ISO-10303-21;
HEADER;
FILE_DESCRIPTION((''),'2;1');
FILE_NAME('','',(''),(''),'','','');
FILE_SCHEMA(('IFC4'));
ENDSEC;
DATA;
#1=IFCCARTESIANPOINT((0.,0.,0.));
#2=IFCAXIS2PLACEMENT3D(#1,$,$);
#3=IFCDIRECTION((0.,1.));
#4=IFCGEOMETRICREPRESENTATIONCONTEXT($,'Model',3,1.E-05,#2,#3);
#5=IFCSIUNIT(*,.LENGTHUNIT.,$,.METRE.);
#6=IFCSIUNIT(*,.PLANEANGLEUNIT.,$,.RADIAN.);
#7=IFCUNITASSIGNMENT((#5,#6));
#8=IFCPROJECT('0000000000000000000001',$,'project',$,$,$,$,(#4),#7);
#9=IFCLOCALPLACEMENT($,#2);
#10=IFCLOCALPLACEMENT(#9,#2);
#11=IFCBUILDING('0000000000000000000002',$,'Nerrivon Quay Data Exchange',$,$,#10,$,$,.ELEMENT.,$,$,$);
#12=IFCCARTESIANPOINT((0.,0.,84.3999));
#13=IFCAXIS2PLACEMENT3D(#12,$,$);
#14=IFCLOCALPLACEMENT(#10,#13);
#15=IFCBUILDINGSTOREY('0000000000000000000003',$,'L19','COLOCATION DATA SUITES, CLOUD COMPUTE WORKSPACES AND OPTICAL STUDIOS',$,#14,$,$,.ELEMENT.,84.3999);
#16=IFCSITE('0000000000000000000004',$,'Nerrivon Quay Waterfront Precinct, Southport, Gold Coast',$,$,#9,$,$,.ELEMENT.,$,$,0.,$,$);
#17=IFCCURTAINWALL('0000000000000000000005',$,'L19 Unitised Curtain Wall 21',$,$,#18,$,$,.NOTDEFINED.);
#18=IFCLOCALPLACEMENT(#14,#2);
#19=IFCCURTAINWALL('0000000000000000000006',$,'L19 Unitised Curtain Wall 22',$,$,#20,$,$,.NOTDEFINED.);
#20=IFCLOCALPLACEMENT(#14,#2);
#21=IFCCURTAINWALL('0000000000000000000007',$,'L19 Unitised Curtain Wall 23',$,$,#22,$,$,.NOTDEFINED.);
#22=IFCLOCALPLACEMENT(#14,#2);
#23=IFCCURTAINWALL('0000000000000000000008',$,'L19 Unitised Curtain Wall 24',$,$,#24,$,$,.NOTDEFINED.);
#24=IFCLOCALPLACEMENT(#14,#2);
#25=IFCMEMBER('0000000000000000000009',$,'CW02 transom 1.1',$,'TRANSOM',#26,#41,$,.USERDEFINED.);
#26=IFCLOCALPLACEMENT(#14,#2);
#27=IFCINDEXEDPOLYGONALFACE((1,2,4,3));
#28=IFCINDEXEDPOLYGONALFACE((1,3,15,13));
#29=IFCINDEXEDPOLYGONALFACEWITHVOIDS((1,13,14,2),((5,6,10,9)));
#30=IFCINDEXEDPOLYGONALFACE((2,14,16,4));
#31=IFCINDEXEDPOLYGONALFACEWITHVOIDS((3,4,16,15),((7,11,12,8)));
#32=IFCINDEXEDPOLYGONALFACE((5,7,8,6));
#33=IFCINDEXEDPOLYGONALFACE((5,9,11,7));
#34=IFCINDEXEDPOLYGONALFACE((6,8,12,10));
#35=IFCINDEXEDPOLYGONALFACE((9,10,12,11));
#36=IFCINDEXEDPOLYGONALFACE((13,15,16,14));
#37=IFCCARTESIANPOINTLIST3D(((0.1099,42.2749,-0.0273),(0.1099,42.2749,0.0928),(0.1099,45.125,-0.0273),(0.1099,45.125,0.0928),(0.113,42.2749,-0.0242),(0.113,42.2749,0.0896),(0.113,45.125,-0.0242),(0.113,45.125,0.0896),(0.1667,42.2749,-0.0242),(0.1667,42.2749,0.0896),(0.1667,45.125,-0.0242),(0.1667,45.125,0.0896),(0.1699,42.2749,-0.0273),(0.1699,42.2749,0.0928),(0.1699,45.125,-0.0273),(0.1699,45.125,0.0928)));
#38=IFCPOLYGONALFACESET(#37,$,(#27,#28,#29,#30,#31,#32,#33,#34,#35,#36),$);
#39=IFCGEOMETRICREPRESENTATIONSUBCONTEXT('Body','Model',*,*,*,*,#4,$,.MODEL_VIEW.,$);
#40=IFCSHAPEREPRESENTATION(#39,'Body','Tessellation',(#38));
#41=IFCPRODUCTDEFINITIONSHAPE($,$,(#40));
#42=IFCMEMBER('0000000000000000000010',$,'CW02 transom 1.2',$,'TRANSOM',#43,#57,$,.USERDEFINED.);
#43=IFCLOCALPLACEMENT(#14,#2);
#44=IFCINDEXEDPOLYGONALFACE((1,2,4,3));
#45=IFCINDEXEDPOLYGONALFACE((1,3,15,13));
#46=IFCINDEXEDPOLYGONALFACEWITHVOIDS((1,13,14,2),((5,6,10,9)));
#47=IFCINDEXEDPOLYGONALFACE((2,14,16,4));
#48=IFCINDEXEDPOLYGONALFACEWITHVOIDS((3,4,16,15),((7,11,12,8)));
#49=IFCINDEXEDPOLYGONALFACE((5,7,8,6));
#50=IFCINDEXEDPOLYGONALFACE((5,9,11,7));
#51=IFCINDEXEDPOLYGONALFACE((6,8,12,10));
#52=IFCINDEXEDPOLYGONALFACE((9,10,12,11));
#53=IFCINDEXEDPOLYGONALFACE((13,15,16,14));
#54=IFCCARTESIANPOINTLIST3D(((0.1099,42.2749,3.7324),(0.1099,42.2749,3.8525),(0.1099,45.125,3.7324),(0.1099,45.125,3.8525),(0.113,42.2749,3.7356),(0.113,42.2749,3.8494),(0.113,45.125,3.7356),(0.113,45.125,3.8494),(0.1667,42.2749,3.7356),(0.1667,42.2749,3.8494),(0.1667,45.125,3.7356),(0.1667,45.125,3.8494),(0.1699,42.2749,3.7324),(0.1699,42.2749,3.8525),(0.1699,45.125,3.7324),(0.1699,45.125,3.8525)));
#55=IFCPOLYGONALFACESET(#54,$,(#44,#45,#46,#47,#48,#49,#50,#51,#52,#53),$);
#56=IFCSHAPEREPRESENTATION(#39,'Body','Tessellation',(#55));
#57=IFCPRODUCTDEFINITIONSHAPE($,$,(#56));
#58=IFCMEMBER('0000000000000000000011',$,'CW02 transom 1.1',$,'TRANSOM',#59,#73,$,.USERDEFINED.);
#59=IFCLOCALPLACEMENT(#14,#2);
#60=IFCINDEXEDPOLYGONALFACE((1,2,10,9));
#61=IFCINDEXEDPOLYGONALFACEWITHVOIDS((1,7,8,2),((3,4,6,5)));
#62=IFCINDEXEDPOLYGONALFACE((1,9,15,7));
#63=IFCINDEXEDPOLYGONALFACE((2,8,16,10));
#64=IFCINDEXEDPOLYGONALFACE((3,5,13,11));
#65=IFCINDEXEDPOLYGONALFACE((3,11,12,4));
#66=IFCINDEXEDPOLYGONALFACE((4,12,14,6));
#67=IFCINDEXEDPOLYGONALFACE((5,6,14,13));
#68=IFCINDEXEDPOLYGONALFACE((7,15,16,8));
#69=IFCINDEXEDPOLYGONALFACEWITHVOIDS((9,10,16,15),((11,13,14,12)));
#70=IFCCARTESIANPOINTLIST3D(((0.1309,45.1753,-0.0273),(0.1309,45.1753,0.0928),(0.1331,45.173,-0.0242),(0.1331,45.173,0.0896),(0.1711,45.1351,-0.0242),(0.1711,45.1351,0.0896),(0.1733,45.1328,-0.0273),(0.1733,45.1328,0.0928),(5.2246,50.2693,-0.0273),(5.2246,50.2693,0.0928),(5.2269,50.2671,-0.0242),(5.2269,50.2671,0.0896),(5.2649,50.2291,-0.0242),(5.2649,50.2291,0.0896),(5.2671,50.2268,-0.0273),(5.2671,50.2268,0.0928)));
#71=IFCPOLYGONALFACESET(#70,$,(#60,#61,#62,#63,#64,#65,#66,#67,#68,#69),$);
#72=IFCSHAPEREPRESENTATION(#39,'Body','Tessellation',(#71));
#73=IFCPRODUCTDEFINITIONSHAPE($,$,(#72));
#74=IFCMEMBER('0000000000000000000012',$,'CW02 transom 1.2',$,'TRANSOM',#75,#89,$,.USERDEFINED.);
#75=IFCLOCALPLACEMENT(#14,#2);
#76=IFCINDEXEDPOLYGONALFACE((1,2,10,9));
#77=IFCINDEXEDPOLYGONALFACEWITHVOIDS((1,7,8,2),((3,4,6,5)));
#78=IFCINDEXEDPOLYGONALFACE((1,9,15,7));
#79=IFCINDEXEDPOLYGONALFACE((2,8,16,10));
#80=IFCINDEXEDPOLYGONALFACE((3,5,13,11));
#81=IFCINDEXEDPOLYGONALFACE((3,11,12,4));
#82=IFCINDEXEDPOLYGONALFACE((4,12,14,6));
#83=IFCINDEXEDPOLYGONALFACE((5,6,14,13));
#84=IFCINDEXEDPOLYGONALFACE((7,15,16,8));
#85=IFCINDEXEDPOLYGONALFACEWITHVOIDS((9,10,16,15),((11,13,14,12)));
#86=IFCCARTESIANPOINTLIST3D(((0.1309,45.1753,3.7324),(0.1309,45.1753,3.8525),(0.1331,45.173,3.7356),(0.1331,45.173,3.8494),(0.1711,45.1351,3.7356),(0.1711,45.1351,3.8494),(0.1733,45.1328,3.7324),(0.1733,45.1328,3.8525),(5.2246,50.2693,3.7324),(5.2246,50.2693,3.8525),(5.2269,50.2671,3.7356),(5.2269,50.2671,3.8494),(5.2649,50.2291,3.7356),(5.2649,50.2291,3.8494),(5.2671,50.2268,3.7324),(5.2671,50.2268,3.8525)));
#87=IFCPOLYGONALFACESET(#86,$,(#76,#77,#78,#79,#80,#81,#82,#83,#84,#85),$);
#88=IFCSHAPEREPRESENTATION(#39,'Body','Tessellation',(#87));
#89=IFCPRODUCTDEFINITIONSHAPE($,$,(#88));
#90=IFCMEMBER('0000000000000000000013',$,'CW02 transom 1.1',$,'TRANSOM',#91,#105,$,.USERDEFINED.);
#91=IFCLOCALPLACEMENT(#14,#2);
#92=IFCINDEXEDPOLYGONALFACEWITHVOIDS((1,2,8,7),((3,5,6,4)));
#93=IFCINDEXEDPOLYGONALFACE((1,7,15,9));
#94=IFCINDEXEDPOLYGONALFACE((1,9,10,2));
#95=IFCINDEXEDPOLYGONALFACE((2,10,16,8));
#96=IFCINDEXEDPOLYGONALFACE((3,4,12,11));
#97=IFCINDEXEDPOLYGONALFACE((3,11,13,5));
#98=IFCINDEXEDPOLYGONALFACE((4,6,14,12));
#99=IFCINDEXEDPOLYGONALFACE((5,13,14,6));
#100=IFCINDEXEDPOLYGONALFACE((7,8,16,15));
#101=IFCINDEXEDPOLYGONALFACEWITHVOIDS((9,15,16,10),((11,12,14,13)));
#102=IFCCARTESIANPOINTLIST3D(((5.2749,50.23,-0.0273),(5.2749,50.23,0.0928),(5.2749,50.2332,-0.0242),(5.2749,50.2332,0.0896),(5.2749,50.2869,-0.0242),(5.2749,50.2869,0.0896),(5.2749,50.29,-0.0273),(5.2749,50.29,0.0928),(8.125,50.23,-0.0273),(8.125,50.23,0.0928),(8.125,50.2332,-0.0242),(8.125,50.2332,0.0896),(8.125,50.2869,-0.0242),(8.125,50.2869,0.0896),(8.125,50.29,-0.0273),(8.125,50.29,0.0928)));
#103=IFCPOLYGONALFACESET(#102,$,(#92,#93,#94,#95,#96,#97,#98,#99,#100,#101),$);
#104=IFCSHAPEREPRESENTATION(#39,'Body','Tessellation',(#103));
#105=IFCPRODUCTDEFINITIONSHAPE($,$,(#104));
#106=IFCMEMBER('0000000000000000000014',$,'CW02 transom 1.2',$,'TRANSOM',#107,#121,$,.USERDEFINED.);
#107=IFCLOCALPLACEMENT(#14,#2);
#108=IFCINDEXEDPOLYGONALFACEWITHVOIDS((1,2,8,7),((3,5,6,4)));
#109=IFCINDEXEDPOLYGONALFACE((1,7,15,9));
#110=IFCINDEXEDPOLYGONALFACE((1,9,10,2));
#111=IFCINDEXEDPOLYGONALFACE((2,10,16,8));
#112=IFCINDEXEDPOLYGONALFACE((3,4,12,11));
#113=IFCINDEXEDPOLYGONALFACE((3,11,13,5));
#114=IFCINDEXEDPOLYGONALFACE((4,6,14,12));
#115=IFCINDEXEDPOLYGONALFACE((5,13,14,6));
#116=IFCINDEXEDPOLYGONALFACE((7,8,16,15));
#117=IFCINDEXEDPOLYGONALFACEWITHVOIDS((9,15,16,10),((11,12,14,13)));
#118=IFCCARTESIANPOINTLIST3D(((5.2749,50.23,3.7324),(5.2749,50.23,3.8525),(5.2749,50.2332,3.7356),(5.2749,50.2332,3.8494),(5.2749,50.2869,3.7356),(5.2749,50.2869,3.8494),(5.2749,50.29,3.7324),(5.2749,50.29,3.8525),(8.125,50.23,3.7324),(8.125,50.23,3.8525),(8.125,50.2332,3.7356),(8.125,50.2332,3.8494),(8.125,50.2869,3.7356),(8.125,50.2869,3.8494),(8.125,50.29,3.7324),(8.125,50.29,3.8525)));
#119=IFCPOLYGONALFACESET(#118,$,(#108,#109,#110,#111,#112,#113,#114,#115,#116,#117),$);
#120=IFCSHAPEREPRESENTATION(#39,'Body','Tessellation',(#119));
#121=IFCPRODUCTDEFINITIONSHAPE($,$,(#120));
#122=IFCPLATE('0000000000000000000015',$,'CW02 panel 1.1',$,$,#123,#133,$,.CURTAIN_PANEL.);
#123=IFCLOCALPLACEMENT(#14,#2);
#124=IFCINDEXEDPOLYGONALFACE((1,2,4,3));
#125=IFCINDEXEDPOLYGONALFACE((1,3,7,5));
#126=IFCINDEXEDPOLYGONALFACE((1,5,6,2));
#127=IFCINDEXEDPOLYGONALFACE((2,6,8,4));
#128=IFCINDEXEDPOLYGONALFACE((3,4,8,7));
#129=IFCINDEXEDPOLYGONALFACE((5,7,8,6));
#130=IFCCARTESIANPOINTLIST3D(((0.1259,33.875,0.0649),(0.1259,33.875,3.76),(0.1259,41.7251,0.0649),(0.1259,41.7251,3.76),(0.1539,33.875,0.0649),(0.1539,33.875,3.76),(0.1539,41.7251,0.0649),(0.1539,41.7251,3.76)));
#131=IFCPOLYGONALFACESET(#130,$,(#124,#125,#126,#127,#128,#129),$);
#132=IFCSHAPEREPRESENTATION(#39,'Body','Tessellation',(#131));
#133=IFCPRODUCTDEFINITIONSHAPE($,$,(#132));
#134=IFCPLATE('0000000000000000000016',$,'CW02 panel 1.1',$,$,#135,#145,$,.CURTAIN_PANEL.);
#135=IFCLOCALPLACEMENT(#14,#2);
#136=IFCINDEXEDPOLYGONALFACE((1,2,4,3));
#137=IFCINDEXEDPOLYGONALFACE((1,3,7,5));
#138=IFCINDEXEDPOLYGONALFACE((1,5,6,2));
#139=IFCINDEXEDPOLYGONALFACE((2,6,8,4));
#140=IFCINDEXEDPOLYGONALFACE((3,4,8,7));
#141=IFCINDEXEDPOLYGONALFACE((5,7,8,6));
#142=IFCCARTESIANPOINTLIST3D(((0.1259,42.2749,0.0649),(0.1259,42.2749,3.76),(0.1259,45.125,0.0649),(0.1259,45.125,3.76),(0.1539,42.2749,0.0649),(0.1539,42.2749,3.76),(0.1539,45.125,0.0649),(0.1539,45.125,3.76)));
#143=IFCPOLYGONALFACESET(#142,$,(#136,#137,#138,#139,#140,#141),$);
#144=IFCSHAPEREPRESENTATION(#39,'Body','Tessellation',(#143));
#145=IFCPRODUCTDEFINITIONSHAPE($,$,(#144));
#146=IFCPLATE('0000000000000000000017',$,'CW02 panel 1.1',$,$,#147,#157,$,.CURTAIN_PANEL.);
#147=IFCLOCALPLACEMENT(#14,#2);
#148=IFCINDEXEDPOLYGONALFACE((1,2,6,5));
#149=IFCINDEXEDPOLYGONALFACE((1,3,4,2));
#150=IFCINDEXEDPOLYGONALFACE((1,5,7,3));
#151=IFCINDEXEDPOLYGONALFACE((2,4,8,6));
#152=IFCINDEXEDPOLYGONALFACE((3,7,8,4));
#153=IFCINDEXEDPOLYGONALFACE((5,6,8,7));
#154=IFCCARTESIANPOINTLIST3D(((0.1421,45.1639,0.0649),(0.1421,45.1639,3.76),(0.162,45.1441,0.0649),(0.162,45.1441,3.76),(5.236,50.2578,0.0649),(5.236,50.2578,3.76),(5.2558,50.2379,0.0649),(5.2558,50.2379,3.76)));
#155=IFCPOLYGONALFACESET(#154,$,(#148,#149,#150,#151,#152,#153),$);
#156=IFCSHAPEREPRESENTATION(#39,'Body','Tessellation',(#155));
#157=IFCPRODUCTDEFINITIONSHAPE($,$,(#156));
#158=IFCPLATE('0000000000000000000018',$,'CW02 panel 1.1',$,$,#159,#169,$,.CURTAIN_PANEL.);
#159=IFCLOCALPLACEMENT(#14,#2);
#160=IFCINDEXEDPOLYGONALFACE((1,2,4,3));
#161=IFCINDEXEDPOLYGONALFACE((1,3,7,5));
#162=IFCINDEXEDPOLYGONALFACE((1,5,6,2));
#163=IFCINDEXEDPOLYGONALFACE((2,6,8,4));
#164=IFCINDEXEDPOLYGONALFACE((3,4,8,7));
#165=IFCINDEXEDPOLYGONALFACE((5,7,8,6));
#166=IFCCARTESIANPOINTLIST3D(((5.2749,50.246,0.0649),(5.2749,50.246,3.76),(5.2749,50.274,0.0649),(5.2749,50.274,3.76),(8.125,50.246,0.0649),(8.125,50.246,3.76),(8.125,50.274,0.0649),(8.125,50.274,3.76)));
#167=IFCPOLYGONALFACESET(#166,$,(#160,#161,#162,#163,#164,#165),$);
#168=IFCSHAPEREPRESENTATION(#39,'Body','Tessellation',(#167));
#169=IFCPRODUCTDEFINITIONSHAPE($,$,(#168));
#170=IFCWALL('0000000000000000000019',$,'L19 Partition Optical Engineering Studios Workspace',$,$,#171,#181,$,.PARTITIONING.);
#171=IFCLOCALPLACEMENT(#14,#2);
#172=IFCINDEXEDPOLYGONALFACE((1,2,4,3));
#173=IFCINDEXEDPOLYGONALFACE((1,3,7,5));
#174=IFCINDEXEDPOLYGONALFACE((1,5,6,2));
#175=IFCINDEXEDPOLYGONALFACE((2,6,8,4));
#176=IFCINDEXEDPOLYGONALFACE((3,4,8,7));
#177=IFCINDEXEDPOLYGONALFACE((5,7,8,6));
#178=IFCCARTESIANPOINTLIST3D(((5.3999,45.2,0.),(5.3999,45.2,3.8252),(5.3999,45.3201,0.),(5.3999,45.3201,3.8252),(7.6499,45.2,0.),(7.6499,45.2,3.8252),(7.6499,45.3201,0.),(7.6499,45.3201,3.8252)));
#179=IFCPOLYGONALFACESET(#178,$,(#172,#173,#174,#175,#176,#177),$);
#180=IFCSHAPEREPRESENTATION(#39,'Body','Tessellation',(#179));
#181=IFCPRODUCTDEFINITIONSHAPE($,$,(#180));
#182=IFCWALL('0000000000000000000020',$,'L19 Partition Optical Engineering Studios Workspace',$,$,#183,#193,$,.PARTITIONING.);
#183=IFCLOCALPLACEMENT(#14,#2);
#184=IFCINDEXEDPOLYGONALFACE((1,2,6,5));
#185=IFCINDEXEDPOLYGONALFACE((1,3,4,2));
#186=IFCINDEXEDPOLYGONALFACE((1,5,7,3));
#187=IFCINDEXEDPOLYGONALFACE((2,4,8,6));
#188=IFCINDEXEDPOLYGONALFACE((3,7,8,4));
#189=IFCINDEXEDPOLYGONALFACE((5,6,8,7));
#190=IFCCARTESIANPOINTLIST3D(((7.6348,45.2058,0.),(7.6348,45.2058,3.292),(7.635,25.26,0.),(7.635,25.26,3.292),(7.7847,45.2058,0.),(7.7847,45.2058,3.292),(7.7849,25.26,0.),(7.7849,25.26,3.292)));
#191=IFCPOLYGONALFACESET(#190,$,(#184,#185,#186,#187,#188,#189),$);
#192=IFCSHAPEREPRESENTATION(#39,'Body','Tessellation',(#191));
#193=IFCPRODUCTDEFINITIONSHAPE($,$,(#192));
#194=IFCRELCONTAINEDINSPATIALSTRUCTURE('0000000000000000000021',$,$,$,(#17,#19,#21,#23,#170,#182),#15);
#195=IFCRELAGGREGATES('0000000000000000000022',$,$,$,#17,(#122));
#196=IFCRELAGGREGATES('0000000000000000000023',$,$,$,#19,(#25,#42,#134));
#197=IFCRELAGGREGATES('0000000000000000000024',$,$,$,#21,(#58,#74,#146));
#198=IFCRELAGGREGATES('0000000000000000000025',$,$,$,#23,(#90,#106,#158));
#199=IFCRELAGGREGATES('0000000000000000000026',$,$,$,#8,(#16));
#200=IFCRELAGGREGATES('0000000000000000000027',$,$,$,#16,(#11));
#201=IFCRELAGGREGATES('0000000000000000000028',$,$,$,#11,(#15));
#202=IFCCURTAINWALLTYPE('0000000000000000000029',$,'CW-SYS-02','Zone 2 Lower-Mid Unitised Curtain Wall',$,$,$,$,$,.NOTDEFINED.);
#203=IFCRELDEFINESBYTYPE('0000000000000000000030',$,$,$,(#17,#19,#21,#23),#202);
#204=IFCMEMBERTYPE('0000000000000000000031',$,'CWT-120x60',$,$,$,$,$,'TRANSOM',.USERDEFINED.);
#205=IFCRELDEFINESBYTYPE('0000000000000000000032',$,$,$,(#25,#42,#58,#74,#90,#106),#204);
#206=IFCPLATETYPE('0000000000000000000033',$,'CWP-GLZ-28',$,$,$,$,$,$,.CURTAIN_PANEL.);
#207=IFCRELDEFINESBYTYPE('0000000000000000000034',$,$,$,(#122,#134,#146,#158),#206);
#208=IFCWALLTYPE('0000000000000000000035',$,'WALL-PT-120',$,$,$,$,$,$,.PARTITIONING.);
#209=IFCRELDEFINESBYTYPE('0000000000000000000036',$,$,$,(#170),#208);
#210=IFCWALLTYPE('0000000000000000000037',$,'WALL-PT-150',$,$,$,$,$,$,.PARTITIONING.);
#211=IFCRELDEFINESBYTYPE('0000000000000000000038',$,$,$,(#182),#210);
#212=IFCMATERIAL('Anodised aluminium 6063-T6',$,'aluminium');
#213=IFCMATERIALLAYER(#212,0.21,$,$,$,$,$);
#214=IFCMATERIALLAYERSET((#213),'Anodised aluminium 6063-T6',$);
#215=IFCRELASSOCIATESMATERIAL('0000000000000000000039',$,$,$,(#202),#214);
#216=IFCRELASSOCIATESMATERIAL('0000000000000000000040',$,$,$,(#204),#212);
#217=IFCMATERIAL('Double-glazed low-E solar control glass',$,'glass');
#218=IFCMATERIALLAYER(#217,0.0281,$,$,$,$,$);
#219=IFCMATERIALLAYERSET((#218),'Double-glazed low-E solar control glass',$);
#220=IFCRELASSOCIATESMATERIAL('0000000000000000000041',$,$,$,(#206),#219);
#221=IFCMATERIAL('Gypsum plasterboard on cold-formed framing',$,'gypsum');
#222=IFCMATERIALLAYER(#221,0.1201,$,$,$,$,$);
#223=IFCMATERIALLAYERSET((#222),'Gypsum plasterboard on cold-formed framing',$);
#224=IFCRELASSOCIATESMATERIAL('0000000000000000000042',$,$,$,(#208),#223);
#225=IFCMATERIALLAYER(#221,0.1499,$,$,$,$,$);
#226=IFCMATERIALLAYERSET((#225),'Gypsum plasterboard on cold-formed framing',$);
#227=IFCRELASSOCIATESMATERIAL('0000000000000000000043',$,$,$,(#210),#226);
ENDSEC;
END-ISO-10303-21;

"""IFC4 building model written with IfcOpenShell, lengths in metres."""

from ifc_helpers import new_model, si_unit, direction, frame, frame_2d, origin, origin_2d, place, context, subcontext, project, spatial, rectangle, hollow_rectangle, extrude, material, layer, layer_set, material_profile, profile_set, type_object, element, aggregate, save


model = new_model("IFC4")

# Units and contexts
model_context = context("Model", 3, precision=1e-05, world=origin(), true_north=direction((0.0, 1.0)))
body_context = subcontext(model_context, "Body", "Model", "MODEL_VIEW")
ifc_project = project(units=[si_unit("LENGTHUNIT", "METRE"), si_unit("PLANEANGLEUNIT", "RADIAN")], contexts=[model_context])

# Site, building, storey
site_placement = place(None, origin())
site = spatial("IfcSite", under=ifc_project, at=site_placement, Name="Nerrivon Quay Waterfront Precinct, Southport, Gold Coast", CompositionType="ELEMENT", RefElevation=0.0)
building_placement = place(site_placement, origin())
building = spatial("IfcBuilding", under=site, at=building_placement, Name="Nerrivon Quay Data Exchange", CompositionType="ELEMENT")
storey_placement = place(building_placement, frame((0.0, 0.0, 84.3999)))
storey = spatial("IfcBuildingStorey", under=building, at=storey_placement, Name="L19", Description="COLOCATION DATA SUITES, CLOUD COMPUTE WORKSPACES AND OPTICAL STUDIOS", CompositionType="ELEMENT", Elevation=84.3999)

# Curtain wall
ifc_material_1 = material(Name="Anodised aluminium 6063-T6", Category="aluminium")
ifc_layer_1 = layer(ifc_material_1, 0.21)
ifc_layer_set_1 = layer_set([ifc_layer_1], Name="Anodised aluminium 6063-T6")
curtain_wall_type = type_object("IfcCurtainWallType", Name="CW-SYS-02", Description="Zone 2 Lower-Mid Unitised Curtain Wall", PredefinedType="NOTDEFINED", material=ifc_layer_set_1)
curtain_wall_1_placement = place(storey_placement, origin())
curtain_wall_1 = element("IfcCurtainWall", 1, at=curtain_wall_1_placement, inside=storey, type_object=curtain_wall_type, Name="L19 Unitised Curtain Wall 21", PredefinedType="NOTDEFINED")

# Curtain walls
curtain_wall_2_placement = place(storey_placement, origin())
curtain_wall_2 = element("IfcCurtainWall", 2, at=curtain_wall_2_placement, inside=storey, type_object=curtain_wall_type, Name="L19 Unitised Curtain Wall 22", PredefinedType="NOTDEFINED")
curtain_wall_3_placement = place(storey_placement, origin())
curtain_wall_3 = element("IfcCurtainWall", 3, at=curtain_wall_3_placement, inside=storey, type_object=curtain_wall_type, Name="L19 Unitised Curtain Wall 23", PredefinedType="NOTDEFINED")
curtain_wall_4_placement = place(storey_placement, origin())
curtain_wall_4 = element("IfcCurtainWall", 4, at=curtain_wall_4_placement, inside=storey, type_object=curtain_wall_type, Name="L19 Unitised Curtain Wall 24", PredefinedType="NOTDEFINED")

# Members
ifc_material_profile_1 = material_profile(ifc_material_1, hollow_rectangle(XDim=0.0601, YDim=0.1201, WallThickness=0.0032, at=origin_2d()), Name="ALU-TRAN-120x60")
ifc_profile_set_1 = profile_set([ifc_material_profile_1], Name="Anodised aluminium 6063-T6")
member_type_1 = type_object("IfcMemberType", Name="CWT-120x60", ElementType="TRANSOM", PredefinedType="USERDEFINED", material=ifc_profile_set_1)
member_1_placement = place(storey_placement, frame((0.1399, 42.2749, 0.0327), z_axis=(0.0, 1.0, 0.0), x_axis=(-1.0, 0.0, 0.0)))
member_1 = element("IfcMember", 5, at=member_1_placement, type_object=member_type_1, Name="CW02 transom 1.1", ObjectType="TRANSOM", PredefinedType="USERDEFINED", context=body_context, shape_type="SweptSolid", body=[
    extrude(hollow_rectangle(XDim=0.0601, YDim=0.1201, WallThickness=0.0032, at=origin_2d()), origin(), (0.0, 0.0, 1.0), 2.8501),
])
member_2_placement = place(storey_placement, frame((0.1399, 42.2749, 3.7925), z_axis=(0.0, 1.0, 0.0), x_axis=(-1.0, 0.0, 0.0)))
member_2 = element("IfcMember", 6, at=member_2_placement, type_object=member_type_1, Name="CW02 transom 1.2", ObjectType="TRANSOM", PredefinedType="USERDEFINED", context=body_context, shape_type="SweptSolid", body=[
    extrude(hollow_rectangle(XDim=0.0601, YDim=0.1201, WallThickness=0.0032, at=origin_2d()), origin(), (0.0, 0.0, 1.0), 2.8501),
])
member_3_placement = place(storey_placement, frame((0.1521, 45.1541, 0.0327), z_axis=(0.70709, 0.707124, 0.0), x_axis=(-0.707124, 0.70709, 0.0)))
member_3 = element("IfcMember", 7, at=member_3_placement, type_object=member_type_1, Name="CW02 transom 1.1", ObjectType="TRANSOM", PredefinedType="USERDEFINED", context=body_context, shape_type="SweptSolid", body=[
    extrude(hollow_rectangle(XDim=0.0601, YDim=0.1201, WallThickness=0.0032, at=origin_2d()), origin(), (0.0, 0.0, 1.0), 7.2039),
])
member_4_placement = place(storey_placement, frame((0.1521, 45.1541, 3.7925), z_axis=(0.70709, 0.707124, 0.0), x_axis=(-0.707124, 0.70709, 0.0)))
member_4 = element("IfcMember", 8, at=member_4_placement, type_object=member_type_1, Name="CW02 transom 1.2", ObjectType="TRANSOM", PredefinedType="USERDEFINED", context=body_context, shape_type="SweptSolid", body=[
    extrude(hollow_rectangle(XDim=0.0601, YDim=0.1201, WallThickness=0.0032, at=origin_2d()), origin(), (0.0, 0.0, 1.0), 7.2039),
])
member_5_placement = place(storey_placement, frame((5.2749, 50.26, 0.0327), z_axis=(1.0, 0.0, 0.0), x_axis=(0.0, 1.0, 0.0)))
member_5 = element("IfcMember", 9, at=member_5_placement, type_object=member_type_1, Name="CW02 transom 1.1", ObjectType="TRANSOM", PredefinedType="USERDEFINED", context=body_context, shape_type="SweptSolid", body=[
    extrude(hollow_rectangle(XDim=0.0601, YDim=0.1201, WallThickness=0.0032, at=origin_2d()), origin(), (0.0, 0.0, 1.0), 2.8501),
])
member_6_placement = place(storey_placement, frame((5.2749, 50.26, 3.7925), z_axis=(1.0, 0.0, 0.0), x_axis=(0.0, 1.0, 0.0)))
member_6 = element("IfcMember", 10, at=member_6_placement, type_object=member_type_1, Name="CW02 transom 1.2", ObjectType="TRANSOM", PredefinedType="USERDEFINED", context=body_context, shape_type="SweptSolid", body=[
    extrude(hollow_rectangle(XDim=0.0601, YDim=0.1201, WallThickness=0.0032, at=origin_2d()), origin(), (0.0, 0.0, 1.0), 2.8501),
])

# Plates
ifc_material_2 = material(Name="Double-glazed low-E solar control glass", Category="glass")
ifc_layer_2 = layer(ifc_material_2, 0.0281)
ifc_layer_set_2 = layer_set([ifc_layer_2], Name="Double-glazed low-E solar control glass")
plate_type = type_object("IfcPlateType", Name="CWP-GLZ-28", PredefinedType="CURTAIN_PANEL", material=ifc_layer_set_2)
plate_1_placement = place(storey_placement, frame((0.1399, 37.8, 0.0649), z_axis=(0.0, 0.0, 1.0), x_axis=(0.0, 1.0, 0.0)))
plate_1 = element("IfcPlate", 11, at=plate_1_placement, type_object=plate_type, Name="CW02 panel 1.1", PredefinedType="CURTAIN_PANEL", context=body_context, shape_type="SweptSolid", body=[
    extrude(rectangle(XDim=7.8501, YDim=0.0281, at=origin_2d()), origin(), (0.0, 0.0, 1.0), 3.6951),
])
aggregate(curtain_wall_1, [plate_1])
plate_2_placement = place(storey_placement, frame((0.1399, 43.7, 0.0649), z_axis=(0.0, 0.0, 1.0), x_axis=(0.0, 1.0, 0.0)))
plate_2 = element("IfcPlate", 12, at=plate_2_placement, type_object=plate_type, Name="CW02 panel 1.1", PredefinedType="CURTAIN_PANEL", context=body_context, shape_type="SweptSolid", body=[
    extrude(rectangle(XDim=2.8501, YDim=0.0281, at=origin_2d()), origin(), (0.0, 0.0, 1.0), 3.6951),
])
aggregate(curtain_wall_2, [member_1, member_2, plate_2])
plate_3_placement = place(storey_placement, frame((2.699, 47.7009, 0.0649), z_axis=(0.0, 0.0, 1.0), x_axis=(0.707107, 0.707107, 0.0)))
plate_3 = element("IfcPlate", 13, at=plate_3_placement, type_object=plate_type, Name="CW02 panel 1.1", PredefinedType="CURTAIN_PANEL", context=body_context, shape_type="SweptSolid", body=[
    extrude(rectangle(XDim=7.2039, YDim=0.0281, at=origin_2d()), origin(), (0.0, 0.0, 1.0), 3.6951),
])
aggregate(curtain_wall_3, [member_3, member_4, plate_3])
plate_4_placement = place(storey_placement, frame((6.7, 50.26, 0.0649), z_axis=(0.0, 0.0, 1.0), x_axis=(1.0, 0.0, 0.0)))
plate_4 = element("IfcPlate", 14, at=plate_4_placement, type_object=plate_type, Name="CW02 panel 1.1", PredefinedType="CURTAIN_PANEL", context=body_context, shape_type="SweptSolid", body=[
    extrude(rectangle(XDim=2.8501, YDim=0.0281, at=origin_2d()), origin(), (0.0, 0.0, 1.0), 3.6951),
])
aggregate(curtain_wall_4, [member_5, member_6, plate_4])

# Walls
ifc_material_3 = material(Name="Gypsum plasterboard on cold-formed framing", Category="gypsum")
ifc_layer_3 = layer(ifc_material_3, 0.1201)
ifc_layer_set_3 = layer_set([ifc_layer_3], Name="Gypsum plasterboard on cold-formed framing")
wall_type_1 = type_object("IfcWallType", Name="WALL-PT-120", PredefinedType="PARTITIONING", material=ifc_layer_set_3)
wall_1_placement = place(storey_placement, frame((5.3999, 45.26, 0.0), z_axis=(0.0, 0.0, 1.0), x_axis=(1.0, 0.0, 0.0)))
element("IfcWall", 15, at=wall_1_placement, inside=storey, type_object=wall_type_1, Name="L19 Partition Optical Engineering Studios Workspace", PredefinedType="PARTITIONING", context=body_context, shape_type="SweptSolid", body=[
    extrude(rectangle(XDim=2.25, YDim=0.1201, at=frame_2d((1.125, 0.0))), origin(), (0.0, 0.0, 1.0), 3.8252),
])
ifc_layer_4 = layer(ifc_material_3, 0.1499)
ifc_layer_set_4 = layer_set([ifc_layer_4], Name="Gypsum plasterboard on cold-formed framing")
wall_type_2 = type_object("IfcWallType", Name="WALL-PT-150", PredefinedType="PARTITIONING", material=ifc_layer_set_4)
wall_2_placement = place(storey_placement, frame((7.7097, 45.2058, 0.0), z_axis=(0.0, 0.0, 1.0), x_axis=(0.000012, -1.0, 0.0)))
element("IfcWall", 16, at=wall_2_placement, inside=storey, type_object=wall_type_2, Name="L19 Partition Optical Engineering Studios Workspace", PredefinedType="PARTITIONING", context=body_context, shape_type="SweptSolid", body=[
    extrude(rectangle(XDim=19.9458, YDim=0.1499, at=frame_2d((9.9729, 0.0))), origin(), (0.0, 0.0, 1.0), 3.292),
])

save(model, "model.ifc")
